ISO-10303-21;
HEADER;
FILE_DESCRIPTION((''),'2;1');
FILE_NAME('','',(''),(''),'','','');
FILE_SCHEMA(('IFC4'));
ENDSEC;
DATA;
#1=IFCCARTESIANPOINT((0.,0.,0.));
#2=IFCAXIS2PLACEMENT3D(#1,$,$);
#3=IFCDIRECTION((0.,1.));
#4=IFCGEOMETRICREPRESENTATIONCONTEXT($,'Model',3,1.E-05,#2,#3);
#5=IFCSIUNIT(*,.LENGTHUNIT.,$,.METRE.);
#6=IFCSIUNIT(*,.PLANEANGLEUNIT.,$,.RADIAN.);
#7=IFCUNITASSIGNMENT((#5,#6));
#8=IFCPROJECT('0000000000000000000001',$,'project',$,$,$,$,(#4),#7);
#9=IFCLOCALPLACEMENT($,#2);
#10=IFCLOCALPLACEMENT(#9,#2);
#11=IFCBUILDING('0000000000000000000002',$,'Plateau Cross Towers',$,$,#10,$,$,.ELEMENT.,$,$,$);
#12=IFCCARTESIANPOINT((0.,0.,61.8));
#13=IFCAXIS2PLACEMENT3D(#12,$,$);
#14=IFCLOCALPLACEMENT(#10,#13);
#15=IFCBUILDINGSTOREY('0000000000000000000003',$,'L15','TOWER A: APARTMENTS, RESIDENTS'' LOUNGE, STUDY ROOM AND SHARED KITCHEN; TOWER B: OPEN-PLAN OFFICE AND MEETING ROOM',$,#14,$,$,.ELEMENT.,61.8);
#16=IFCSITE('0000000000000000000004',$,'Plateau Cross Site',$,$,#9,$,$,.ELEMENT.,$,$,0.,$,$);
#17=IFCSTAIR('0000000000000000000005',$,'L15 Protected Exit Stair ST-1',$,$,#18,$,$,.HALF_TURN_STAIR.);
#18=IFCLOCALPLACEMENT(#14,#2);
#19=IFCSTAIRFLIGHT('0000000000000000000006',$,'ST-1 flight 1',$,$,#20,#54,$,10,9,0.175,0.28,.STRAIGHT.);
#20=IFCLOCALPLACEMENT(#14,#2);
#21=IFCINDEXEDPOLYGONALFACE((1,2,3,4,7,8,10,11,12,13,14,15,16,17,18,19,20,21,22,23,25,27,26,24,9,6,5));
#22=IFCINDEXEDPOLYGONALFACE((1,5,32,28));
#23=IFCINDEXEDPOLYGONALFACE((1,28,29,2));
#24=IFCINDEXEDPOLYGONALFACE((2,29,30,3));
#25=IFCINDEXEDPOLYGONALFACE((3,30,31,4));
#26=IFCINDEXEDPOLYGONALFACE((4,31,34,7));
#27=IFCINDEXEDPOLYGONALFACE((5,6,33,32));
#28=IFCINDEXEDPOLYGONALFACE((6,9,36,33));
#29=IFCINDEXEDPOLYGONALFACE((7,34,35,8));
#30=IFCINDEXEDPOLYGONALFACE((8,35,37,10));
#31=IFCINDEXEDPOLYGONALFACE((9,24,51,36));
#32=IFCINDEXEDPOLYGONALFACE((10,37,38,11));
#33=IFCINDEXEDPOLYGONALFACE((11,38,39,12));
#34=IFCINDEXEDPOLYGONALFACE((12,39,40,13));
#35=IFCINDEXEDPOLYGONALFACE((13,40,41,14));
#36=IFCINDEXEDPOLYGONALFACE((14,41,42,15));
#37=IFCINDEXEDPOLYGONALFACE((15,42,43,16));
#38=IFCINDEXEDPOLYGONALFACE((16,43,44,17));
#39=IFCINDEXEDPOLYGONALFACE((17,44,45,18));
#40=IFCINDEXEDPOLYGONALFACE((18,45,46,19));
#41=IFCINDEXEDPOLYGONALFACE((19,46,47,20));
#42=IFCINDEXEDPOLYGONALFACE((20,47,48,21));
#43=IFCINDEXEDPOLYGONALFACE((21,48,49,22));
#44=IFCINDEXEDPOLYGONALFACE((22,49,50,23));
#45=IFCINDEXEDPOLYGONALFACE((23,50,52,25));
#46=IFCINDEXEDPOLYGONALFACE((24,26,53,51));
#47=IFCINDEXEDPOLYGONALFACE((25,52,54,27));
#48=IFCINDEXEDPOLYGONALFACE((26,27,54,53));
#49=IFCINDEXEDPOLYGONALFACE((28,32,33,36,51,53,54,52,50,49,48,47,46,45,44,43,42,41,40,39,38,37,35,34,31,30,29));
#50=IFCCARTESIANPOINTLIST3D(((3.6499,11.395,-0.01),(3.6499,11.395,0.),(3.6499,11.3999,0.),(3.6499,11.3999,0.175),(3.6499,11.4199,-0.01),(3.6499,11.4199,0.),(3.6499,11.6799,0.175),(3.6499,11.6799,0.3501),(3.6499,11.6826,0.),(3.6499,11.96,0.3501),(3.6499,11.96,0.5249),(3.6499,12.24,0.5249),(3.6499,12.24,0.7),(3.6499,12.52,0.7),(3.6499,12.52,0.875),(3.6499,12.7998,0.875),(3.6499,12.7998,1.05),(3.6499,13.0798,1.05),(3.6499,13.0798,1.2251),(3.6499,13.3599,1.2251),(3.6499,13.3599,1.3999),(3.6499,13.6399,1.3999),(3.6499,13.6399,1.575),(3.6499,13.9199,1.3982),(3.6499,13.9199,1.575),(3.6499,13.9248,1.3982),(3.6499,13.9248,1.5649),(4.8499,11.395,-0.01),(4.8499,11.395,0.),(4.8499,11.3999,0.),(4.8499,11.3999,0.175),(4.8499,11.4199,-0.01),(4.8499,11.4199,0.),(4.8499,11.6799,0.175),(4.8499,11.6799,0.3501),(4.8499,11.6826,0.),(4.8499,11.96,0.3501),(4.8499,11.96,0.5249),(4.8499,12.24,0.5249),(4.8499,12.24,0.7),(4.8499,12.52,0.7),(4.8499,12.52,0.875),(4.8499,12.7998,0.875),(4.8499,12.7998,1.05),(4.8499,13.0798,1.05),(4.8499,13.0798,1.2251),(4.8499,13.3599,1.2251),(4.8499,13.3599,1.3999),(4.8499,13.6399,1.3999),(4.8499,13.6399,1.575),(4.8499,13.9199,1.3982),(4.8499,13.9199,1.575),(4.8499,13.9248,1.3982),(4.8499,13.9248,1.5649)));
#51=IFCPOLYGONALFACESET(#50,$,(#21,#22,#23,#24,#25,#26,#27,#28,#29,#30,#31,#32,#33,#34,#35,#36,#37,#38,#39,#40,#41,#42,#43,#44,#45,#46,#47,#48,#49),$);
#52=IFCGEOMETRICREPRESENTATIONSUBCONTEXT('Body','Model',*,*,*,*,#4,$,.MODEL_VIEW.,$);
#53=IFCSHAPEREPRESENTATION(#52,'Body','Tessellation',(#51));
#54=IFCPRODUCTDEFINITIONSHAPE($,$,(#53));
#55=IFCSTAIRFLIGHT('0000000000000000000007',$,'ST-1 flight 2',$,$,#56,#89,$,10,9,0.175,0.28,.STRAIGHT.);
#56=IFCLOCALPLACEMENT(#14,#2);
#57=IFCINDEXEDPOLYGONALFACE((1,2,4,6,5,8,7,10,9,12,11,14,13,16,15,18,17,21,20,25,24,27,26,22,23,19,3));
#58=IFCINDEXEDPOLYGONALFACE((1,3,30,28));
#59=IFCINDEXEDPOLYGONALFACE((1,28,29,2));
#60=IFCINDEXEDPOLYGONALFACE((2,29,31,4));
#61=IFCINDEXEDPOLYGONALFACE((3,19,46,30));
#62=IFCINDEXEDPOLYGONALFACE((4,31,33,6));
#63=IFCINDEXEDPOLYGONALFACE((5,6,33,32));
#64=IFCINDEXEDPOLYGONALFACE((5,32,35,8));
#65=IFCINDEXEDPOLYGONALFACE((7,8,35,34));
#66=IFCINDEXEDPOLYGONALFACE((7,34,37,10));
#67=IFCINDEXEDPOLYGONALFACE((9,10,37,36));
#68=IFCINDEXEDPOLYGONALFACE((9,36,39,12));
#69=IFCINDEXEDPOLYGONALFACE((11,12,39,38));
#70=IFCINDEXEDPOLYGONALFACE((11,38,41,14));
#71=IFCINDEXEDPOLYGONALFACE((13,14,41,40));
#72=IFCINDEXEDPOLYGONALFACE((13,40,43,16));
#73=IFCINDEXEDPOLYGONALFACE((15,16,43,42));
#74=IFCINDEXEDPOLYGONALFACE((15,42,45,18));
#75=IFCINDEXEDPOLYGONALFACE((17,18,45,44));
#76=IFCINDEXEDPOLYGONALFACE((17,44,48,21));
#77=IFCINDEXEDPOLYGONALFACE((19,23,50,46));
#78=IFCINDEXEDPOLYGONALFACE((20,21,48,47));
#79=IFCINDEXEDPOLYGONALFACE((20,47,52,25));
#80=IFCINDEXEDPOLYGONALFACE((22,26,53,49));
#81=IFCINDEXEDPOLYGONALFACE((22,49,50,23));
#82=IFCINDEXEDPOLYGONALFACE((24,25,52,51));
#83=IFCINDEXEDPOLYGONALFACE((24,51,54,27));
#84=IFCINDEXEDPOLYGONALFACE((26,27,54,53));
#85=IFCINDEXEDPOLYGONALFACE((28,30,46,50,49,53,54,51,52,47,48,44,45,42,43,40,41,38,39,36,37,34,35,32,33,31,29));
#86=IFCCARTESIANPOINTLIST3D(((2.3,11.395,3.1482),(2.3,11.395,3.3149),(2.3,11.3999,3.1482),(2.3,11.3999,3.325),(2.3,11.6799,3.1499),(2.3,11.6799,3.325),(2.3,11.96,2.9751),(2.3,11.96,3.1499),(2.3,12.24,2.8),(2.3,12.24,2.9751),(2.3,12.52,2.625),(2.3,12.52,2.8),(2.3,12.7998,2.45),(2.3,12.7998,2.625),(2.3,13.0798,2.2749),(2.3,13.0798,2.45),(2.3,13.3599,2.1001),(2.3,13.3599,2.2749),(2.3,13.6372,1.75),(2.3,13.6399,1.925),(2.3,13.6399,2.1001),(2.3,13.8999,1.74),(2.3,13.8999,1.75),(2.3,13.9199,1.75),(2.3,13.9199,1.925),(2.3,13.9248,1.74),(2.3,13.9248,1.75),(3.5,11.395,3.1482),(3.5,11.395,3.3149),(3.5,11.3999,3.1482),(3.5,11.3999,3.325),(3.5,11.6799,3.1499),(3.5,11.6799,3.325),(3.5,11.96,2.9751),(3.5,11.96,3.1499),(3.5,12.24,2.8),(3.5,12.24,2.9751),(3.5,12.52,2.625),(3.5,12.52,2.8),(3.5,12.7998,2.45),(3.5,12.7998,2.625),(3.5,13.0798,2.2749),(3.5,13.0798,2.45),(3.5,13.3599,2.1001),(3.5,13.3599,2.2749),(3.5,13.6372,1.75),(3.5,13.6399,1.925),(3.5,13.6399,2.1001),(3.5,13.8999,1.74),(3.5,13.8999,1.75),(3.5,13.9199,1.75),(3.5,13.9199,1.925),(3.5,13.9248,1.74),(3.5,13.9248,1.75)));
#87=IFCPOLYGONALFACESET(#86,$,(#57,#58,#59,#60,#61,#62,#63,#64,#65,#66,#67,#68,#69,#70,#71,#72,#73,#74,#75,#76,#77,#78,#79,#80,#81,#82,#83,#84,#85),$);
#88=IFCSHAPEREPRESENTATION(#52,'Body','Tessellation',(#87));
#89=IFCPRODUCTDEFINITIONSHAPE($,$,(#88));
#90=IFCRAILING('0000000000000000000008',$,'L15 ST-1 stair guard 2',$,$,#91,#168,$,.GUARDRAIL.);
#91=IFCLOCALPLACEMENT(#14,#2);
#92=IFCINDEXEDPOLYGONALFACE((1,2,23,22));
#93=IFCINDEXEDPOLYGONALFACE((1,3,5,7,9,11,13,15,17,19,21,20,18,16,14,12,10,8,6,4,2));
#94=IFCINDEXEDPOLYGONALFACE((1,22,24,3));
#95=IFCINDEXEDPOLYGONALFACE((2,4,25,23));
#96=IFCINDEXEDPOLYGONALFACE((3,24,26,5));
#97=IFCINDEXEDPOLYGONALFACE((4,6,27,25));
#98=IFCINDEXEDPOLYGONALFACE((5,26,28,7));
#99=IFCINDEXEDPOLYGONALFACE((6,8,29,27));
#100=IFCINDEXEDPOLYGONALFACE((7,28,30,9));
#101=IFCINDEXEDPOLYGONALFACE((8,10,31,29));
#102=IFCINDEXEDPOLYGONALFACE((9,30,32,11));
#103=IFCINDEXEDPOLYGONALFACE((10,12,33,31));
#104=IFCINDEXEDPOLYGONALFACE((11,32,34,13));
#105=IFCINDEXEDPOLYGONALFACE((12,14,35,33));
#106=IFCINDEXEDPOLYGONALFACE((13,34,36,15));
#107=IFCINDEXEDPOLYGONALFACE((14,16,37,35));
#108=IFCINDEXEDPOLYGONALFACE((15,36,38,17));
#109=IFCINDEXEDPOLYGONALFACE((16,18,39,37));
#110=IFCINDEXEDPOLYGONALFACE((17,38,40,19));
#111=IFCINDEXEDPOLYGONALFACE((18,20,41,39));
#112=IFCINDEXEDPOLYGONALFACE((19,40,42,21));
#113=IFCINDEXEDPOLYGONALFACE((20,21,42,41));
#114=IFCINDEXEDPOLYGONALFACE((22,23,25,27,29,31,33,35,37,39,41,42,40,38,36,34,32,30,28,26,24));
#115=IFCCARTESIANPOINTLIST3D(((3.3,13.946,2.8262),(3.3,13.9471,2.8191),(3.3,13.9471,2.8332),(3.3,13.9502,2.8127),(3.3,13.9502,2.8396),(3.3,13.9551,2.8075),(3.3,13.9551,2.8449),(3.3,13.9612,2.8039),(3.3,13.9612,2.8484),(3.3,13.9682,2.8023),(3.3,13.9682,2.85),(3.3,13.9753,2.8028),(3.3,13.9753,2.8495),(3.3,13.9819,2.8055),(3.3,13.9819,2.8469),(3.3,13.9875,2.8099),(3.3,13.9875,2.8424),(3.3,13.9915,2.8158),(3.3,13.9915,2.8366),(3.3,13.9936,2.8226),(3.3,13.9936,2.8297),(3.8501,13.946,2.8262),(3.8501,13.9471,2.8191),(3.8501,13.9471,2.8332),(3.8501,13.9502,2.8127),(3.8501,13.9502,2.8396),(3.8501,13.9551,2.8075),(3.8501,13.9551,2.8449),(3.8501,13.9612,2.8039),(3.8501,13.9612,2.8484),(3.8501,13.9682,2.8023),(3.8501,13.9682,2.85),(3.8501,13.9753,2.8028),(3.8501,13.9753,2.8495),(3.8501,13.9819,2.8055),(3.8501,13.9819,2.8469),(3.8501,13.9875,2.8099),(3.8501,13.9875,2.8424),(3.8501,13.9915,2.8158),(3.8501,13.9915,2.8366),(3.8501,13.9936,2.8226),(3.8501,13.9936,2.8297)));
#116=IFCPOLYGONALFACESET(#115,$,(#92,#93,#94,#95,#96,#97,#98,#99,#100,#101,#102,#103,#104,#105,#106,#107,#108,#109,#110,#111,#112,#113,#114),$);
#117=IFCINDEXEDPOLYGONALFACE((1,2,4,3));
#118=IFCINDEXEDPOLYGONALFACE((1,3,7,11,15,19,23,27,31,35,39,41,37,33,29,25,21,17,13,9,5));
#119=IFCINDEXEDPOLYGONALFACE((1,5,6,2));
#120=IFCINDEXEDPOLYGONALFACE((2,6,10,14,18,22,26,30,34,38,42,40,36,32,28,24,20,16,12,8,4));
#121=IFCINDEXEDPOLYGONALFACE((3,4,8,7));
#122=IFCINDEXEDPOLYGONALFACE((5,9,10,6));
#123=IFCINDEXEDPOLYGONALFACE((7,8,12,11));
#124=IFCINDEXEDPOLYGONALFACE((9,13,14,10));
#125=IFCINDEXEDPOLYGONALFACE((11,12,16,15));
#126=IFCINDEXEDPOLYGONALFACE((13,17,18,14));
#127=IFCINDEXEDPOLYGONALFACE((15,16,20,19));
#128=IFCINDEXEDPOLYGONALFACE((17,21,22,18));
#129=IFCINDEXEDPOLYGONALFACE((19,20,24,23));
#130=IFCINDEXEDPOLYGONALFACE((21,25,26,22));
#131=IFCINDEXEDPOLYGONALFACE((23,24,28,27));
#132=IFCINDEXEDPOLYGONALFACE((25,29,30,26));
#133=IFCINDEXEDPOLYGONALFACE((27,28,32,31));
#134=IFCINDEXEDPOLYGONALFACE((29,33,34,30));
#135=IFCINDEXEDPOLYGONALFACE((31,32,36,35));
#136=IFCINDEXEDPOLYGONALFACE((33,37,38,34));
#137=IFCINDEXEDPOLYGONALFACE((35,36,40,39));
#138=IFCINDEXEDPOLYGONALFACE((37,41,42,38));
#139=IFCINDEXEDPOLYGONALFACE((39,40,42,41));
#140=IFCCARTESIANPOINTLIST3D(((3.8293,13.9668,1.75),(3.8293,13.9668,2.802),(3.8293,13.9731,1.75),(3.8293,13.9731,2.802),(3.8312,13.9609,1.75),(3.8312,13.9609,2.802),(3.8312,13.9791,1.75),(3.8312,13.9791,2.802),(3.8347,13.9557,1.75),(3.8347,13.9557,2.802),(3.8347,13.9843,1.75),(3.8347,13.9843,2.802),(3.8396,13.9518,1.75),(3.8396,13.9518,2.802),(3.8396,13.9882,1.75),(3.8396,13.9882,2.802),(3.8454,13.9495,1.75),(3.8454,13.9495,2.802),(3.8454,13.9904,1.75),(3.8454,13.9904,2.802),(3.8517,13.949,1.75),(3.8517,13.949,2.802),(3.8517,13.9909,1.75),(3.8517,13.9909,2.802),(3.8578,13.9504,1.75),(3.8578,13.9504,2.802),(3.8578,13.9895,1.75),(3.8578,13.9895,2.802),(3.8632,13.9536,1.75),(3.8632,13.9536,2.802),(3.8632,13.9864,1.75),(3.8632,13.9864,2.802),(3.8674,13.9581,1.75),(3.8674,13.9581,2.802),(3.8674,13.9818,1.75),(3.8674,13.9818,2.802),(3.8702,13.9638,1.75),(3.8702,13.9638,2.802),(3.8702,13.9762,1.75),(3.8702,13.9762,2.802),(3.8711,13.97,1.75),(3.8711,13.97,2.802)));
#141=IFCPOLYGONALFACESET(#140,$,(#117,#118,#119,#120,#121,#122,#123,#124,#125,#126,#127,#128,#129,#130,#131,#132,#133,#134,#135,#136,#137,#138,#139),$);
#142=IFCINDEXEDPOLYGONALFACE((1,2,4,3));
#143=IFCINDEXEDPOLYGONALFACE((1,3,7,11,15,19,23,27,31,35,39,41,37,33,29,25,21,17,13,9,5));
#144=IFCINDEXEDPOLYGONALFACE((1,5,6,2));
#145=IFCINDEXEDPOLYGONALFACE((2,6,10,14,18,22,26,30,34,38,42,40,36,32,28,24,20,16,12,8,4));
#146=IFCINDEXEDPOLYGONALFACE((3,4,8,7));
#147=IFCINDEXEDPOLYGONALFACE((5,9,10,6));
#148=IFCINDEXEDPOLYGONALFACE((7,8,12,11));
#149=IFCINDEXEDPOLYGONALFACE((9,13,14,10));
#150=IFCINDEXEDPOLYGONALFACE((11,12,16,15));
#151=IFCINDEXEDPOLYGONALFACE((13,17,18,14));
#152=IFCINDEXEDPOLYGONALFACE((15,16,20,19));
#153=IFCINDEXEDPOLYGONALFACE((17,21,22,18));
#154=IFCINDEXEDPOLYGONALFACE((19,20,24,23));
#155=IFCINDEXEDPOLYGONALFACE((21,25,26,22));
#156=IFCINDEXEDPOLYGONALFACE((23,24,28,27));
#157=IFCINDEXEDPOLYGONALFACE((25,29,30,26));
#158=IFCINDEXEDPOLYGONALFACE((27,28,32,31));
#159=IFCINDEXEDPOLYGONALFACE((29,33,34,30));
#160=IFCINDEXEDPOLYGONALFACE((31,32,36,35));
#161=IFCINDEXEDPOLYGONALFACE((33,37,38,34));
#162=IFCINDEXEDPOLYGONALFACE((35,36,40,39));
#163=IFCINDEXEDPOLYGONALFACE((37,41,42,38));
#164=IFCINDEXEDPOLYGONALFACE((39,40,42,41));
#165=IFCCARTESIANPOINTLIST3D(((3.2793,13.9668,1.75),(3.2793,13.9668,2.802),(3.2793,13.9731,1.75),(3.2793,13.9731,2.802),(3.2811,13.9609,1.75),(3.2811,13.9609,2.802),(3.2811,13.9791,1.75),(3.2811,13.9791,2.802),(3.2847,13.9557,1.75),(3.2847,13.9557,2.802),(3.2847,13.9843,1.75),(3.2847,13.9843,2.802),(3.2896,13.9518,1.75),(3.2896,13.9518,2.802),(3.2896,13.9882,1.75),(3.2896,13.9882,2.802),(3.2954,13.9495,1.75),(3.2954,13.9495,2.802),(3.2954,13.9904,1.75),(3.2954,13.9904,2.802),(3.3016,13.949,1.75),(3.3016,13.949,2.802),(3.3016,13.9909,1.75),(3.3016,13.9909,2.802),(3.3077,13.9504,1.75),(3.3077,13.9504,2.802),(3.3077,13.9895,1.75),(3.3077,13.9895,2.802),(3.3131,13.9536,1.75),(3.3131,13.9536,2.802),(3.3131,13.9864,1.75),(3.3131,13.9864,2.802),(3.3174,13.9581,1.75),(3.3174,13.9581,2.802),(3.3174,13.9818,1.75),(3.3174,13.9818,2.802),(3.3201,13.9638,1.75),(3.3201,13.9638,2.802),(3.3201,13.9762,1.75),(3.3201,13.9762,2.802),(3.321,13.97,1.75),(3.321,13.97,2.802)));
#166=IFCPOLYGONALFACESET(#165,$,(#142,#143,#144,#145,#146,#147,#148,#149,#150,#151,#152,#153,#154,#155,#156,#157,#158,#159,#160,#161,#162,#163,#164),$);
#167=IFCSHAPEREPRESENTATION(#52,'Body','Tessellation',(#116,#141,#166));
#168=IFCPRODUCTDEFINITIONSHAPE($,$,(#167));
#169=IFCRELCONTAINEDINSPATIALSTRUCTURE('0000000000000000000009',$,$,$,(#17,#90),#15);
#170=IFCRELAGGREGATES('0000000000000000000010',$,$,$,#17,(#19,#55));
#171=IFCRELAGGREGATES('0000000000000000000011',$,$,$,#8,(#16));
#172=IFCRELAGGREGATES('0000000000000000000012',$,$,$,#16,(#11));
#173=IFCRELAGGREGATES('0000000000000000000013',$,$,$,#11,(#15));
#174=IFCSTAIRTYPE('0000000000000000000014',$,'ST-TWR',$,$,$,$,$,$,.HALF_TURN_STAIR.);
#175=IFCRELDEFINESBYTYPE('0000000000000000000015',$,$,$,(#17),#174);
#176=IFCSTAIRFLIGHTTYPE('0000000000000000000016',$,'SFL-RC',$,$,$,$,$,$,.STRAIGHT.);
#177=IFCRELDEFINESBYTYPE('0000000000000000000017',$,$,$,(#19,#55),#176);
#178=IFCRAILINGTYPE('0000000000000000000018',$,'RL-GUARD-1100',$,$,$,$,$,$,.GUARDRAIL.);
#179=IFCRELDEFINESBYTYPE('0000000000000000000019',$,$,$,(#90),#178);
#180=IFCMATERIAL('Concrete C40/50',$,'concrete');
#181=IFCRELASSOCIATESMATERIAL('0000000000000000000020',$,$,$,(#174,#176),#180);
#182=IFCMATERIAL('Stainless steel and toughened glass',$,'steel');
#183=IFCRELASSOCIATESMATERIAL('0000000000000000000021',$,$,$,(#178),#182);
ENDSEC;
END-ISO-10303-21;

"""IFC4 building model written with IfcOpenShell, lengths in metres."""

from ifc_helpers import new_model, si_unit, direction, frame, origin, origin_2d, place, context, subcontext, project, spatial, polyline, circle, outline, extrude, material, type_object, element, aggregate, save


model = new_model("IFC4")

# Units and contexts
model_context = context("Model", 3, precision=1e-05, world=origin(), true_north=direction((0.0, 1.0)))
body_context = subcontext(model_context, "Body", "Model", "MODEL_VIEW")
ifc_project = project(units=[si_unit("LENGTHUNIT", "METRE"), si_unit("PLANEANGLEUNIT", "RADIAN")], contexts=[model_context])

# Site, building, storey
site_placement = place(None, origin())
site = spatial("IfcSite", under=ifc_project, at=site_placement, Name="Plateau Cross Site", CompositionType="ELEMENT", RefElevation=0.0)
building_placement = place(site_placement, origin())
building = spatial("IfcBuilding", under=site, at=building_placement, Name="Plateau Cross Towers", CompositionType="ELEMENT")
storey_placement = place(building_placement, frame((0.0, 0.0, 61.8)))
storey = spatial("IfcBuildingStorey", under=building, at=storey_placement, Name="L15", Description="TOWER A: APARTMENTS, RESIDENTS' LOUNGE, STUDY ROOM AND SHARED KITCHEN; TOWER B: OPEN-PLAN OFFICE AND MEETING ROOM", CompositionType="ELEMENT", Elevation=61.8)

# Stair, stair flights
ifc_material_1 = material(Name="Concrete C40/50", Category="concrete")
stair_type = type_object("IfcStairType", Name="ST-TWR", PredefinedType="HALF_TURN_STAIR", material=ifc_material_1)
stair_placement = place(storey_placement, origin())
stair = element("IfcStair", 1, at=stair_placement, inside=storey, type_object=stair_type, Name="L15 Protected Exit Stair ST-1", PredefinedType="HALF_TURN_STAIR")
stair_flight_type = type_object("IfcStairFlightType", Name="SFL-RC", PredefinedType="STRAIGHT", material=ifc_material_1)
stair_flight_1_placement = place(storey_placement, frame((4.25, 11.3999, 0.0), z_axis=(0.0, 0.0, 1.0), x_axis=(0.0, 1.0, 0.0)))
stair_flight_1 = element("IfcStairFlight", 2, at=stair_flight_1_placement, type_object=stair_flight_type, Name="ST-1 flight 1", NumberOfRisers=10, NumberOfTreads=9, PredefinedType="STRAIGHT", RiserHeight=0.175, TreadLength=0.28, context=body_context, shape_type="SweptSolid", body=[
    extrude(outline(polyline([(-0.0049, -0.01), (-0.0049, 0.0), (0.0, 0.0), (0.0, 0.175), (0.28, 0.175), (0.28, 0.3501), (0.5601, 0.3501), (0.5601, 0.5249), (0.8401, 0.5249), (0.8401, 0.7), (1.1201, 0.7), (1.1201, 0.875), (1.3999, 0.875), (1.3999, 1.05), (1.6799, 1.05), (1.6799, 1.2251), (1.96, 1.2251), (1.96, 1.3999), (2.24, 1.3999), (2.24, 1.575), (2.52, 1.575), (2.5249, 1.5649), (2.5249, 1.3982), (2.52, 1.3982), (0.2827, 0.0), (0.02, 0.0), (0.02, -0.01), (-0.0049, -0.01)])), frame((0.0, 0.6001, 0.0), z_axis=(0.0, -1.0, 0.0), x_axis=(1.0, 0.0, 0.0)), (0.0, 0.0, 1.0), 1.2),
])
stair_flight_2_placement = place(storey_placement, frame((2.8999, 13.9199, 1.75), z_axis=(0.0, 0.0, 1.0), x_axis=(0.0, -1.0, 0.0)))
stair_flight_2 = element("IfcStairFlight", 3, at=stair_flight_2_placement, type_object=stair_flight_type, Name="ST-1 flight 2", NumberOfRisers=10, NumberOfTreads=9, PredefinedType="STRAIGHT", RiserHeight=0.175, TreadLength=0.28, context=body_context, shape_type="SweptSolid", body=[
    extrude(outline(polyline([(-0.0049, -0.01), (-0.0049, 0.0), (0.0, 0.0), (0.0, 0.175), (0.28, 0.175), (0.28, 0.3501), (0.5601, 0.3501), (0.5601, 0.5249), (0.8401, 0.5249), (0.8401, 0.7), (1.1201, 0.7), (1.1201, 0.875), (1.3999, 0.875), (1.3999, 1.05), (1.6799, 1.05), (1.6799, 1.2251), (1.96, 1.2251), (1.96, 1.3999), (2.24, 1.3999), (2.24, 1.575), (2.52, 1.575), (2.5249, 1.5649), (2.5249, 1.3982), (2.52, 1.3982), (0.2827, 0.0), (0.02, 0.0), (0.02, -0.01), (-0.0049, -0.01)])), frame((0.0, 0.6001, 0.0), z_axis=(0.0, -1.0, 0.0), x_axis=(1.0, 0.0, 0.0)), (0.0, 0.0, 1.0), 1.2),
])
aggregate(stair, [stair_flight_1, stair_flight_2])

# Railing
ifc_material_2 = material(Name="Stainless steel and toughened glass", Category="steel")
railing_type_1 = type_object("IfcRailingType", Name="RL-GUARD-1100", PredefinedType="GUARDRAIL", material=ifc_material_2)
railing_1_placement = place(storey_placement, frame((3.8501, 13.97, 1.75)))
element("IfcRailing", 4, at=railing_1_placement, inside=storey, type_object=railing_type_1, Name="L15 ST-1 stair guard 2", PredefinedType="GUARDRAIL", context=body_context, shape_type="SweptSolid", body=[
    extrude(circle(Radius=0.0239, at=origin_2d()), frame((0.0, 0.0, 1.0762), z_axis=(-1.0, 0.0, 0.0), x_axis=(0.0, -1.0, 0.0)), (0.0, 0.0, 1.0), 0.55),
    extrude(circle(Radius=0.021, at=origin_2d()), origin(), (0.0, 0.0, 1.0), 1.052),
    extrude(circle(Radius=0.021, at=origin_2d()), frame((-0.55, 0.0, 0.0)), (0.0, 0.0, 1.0), 1.052),
])

save(model, "model.ifc")
